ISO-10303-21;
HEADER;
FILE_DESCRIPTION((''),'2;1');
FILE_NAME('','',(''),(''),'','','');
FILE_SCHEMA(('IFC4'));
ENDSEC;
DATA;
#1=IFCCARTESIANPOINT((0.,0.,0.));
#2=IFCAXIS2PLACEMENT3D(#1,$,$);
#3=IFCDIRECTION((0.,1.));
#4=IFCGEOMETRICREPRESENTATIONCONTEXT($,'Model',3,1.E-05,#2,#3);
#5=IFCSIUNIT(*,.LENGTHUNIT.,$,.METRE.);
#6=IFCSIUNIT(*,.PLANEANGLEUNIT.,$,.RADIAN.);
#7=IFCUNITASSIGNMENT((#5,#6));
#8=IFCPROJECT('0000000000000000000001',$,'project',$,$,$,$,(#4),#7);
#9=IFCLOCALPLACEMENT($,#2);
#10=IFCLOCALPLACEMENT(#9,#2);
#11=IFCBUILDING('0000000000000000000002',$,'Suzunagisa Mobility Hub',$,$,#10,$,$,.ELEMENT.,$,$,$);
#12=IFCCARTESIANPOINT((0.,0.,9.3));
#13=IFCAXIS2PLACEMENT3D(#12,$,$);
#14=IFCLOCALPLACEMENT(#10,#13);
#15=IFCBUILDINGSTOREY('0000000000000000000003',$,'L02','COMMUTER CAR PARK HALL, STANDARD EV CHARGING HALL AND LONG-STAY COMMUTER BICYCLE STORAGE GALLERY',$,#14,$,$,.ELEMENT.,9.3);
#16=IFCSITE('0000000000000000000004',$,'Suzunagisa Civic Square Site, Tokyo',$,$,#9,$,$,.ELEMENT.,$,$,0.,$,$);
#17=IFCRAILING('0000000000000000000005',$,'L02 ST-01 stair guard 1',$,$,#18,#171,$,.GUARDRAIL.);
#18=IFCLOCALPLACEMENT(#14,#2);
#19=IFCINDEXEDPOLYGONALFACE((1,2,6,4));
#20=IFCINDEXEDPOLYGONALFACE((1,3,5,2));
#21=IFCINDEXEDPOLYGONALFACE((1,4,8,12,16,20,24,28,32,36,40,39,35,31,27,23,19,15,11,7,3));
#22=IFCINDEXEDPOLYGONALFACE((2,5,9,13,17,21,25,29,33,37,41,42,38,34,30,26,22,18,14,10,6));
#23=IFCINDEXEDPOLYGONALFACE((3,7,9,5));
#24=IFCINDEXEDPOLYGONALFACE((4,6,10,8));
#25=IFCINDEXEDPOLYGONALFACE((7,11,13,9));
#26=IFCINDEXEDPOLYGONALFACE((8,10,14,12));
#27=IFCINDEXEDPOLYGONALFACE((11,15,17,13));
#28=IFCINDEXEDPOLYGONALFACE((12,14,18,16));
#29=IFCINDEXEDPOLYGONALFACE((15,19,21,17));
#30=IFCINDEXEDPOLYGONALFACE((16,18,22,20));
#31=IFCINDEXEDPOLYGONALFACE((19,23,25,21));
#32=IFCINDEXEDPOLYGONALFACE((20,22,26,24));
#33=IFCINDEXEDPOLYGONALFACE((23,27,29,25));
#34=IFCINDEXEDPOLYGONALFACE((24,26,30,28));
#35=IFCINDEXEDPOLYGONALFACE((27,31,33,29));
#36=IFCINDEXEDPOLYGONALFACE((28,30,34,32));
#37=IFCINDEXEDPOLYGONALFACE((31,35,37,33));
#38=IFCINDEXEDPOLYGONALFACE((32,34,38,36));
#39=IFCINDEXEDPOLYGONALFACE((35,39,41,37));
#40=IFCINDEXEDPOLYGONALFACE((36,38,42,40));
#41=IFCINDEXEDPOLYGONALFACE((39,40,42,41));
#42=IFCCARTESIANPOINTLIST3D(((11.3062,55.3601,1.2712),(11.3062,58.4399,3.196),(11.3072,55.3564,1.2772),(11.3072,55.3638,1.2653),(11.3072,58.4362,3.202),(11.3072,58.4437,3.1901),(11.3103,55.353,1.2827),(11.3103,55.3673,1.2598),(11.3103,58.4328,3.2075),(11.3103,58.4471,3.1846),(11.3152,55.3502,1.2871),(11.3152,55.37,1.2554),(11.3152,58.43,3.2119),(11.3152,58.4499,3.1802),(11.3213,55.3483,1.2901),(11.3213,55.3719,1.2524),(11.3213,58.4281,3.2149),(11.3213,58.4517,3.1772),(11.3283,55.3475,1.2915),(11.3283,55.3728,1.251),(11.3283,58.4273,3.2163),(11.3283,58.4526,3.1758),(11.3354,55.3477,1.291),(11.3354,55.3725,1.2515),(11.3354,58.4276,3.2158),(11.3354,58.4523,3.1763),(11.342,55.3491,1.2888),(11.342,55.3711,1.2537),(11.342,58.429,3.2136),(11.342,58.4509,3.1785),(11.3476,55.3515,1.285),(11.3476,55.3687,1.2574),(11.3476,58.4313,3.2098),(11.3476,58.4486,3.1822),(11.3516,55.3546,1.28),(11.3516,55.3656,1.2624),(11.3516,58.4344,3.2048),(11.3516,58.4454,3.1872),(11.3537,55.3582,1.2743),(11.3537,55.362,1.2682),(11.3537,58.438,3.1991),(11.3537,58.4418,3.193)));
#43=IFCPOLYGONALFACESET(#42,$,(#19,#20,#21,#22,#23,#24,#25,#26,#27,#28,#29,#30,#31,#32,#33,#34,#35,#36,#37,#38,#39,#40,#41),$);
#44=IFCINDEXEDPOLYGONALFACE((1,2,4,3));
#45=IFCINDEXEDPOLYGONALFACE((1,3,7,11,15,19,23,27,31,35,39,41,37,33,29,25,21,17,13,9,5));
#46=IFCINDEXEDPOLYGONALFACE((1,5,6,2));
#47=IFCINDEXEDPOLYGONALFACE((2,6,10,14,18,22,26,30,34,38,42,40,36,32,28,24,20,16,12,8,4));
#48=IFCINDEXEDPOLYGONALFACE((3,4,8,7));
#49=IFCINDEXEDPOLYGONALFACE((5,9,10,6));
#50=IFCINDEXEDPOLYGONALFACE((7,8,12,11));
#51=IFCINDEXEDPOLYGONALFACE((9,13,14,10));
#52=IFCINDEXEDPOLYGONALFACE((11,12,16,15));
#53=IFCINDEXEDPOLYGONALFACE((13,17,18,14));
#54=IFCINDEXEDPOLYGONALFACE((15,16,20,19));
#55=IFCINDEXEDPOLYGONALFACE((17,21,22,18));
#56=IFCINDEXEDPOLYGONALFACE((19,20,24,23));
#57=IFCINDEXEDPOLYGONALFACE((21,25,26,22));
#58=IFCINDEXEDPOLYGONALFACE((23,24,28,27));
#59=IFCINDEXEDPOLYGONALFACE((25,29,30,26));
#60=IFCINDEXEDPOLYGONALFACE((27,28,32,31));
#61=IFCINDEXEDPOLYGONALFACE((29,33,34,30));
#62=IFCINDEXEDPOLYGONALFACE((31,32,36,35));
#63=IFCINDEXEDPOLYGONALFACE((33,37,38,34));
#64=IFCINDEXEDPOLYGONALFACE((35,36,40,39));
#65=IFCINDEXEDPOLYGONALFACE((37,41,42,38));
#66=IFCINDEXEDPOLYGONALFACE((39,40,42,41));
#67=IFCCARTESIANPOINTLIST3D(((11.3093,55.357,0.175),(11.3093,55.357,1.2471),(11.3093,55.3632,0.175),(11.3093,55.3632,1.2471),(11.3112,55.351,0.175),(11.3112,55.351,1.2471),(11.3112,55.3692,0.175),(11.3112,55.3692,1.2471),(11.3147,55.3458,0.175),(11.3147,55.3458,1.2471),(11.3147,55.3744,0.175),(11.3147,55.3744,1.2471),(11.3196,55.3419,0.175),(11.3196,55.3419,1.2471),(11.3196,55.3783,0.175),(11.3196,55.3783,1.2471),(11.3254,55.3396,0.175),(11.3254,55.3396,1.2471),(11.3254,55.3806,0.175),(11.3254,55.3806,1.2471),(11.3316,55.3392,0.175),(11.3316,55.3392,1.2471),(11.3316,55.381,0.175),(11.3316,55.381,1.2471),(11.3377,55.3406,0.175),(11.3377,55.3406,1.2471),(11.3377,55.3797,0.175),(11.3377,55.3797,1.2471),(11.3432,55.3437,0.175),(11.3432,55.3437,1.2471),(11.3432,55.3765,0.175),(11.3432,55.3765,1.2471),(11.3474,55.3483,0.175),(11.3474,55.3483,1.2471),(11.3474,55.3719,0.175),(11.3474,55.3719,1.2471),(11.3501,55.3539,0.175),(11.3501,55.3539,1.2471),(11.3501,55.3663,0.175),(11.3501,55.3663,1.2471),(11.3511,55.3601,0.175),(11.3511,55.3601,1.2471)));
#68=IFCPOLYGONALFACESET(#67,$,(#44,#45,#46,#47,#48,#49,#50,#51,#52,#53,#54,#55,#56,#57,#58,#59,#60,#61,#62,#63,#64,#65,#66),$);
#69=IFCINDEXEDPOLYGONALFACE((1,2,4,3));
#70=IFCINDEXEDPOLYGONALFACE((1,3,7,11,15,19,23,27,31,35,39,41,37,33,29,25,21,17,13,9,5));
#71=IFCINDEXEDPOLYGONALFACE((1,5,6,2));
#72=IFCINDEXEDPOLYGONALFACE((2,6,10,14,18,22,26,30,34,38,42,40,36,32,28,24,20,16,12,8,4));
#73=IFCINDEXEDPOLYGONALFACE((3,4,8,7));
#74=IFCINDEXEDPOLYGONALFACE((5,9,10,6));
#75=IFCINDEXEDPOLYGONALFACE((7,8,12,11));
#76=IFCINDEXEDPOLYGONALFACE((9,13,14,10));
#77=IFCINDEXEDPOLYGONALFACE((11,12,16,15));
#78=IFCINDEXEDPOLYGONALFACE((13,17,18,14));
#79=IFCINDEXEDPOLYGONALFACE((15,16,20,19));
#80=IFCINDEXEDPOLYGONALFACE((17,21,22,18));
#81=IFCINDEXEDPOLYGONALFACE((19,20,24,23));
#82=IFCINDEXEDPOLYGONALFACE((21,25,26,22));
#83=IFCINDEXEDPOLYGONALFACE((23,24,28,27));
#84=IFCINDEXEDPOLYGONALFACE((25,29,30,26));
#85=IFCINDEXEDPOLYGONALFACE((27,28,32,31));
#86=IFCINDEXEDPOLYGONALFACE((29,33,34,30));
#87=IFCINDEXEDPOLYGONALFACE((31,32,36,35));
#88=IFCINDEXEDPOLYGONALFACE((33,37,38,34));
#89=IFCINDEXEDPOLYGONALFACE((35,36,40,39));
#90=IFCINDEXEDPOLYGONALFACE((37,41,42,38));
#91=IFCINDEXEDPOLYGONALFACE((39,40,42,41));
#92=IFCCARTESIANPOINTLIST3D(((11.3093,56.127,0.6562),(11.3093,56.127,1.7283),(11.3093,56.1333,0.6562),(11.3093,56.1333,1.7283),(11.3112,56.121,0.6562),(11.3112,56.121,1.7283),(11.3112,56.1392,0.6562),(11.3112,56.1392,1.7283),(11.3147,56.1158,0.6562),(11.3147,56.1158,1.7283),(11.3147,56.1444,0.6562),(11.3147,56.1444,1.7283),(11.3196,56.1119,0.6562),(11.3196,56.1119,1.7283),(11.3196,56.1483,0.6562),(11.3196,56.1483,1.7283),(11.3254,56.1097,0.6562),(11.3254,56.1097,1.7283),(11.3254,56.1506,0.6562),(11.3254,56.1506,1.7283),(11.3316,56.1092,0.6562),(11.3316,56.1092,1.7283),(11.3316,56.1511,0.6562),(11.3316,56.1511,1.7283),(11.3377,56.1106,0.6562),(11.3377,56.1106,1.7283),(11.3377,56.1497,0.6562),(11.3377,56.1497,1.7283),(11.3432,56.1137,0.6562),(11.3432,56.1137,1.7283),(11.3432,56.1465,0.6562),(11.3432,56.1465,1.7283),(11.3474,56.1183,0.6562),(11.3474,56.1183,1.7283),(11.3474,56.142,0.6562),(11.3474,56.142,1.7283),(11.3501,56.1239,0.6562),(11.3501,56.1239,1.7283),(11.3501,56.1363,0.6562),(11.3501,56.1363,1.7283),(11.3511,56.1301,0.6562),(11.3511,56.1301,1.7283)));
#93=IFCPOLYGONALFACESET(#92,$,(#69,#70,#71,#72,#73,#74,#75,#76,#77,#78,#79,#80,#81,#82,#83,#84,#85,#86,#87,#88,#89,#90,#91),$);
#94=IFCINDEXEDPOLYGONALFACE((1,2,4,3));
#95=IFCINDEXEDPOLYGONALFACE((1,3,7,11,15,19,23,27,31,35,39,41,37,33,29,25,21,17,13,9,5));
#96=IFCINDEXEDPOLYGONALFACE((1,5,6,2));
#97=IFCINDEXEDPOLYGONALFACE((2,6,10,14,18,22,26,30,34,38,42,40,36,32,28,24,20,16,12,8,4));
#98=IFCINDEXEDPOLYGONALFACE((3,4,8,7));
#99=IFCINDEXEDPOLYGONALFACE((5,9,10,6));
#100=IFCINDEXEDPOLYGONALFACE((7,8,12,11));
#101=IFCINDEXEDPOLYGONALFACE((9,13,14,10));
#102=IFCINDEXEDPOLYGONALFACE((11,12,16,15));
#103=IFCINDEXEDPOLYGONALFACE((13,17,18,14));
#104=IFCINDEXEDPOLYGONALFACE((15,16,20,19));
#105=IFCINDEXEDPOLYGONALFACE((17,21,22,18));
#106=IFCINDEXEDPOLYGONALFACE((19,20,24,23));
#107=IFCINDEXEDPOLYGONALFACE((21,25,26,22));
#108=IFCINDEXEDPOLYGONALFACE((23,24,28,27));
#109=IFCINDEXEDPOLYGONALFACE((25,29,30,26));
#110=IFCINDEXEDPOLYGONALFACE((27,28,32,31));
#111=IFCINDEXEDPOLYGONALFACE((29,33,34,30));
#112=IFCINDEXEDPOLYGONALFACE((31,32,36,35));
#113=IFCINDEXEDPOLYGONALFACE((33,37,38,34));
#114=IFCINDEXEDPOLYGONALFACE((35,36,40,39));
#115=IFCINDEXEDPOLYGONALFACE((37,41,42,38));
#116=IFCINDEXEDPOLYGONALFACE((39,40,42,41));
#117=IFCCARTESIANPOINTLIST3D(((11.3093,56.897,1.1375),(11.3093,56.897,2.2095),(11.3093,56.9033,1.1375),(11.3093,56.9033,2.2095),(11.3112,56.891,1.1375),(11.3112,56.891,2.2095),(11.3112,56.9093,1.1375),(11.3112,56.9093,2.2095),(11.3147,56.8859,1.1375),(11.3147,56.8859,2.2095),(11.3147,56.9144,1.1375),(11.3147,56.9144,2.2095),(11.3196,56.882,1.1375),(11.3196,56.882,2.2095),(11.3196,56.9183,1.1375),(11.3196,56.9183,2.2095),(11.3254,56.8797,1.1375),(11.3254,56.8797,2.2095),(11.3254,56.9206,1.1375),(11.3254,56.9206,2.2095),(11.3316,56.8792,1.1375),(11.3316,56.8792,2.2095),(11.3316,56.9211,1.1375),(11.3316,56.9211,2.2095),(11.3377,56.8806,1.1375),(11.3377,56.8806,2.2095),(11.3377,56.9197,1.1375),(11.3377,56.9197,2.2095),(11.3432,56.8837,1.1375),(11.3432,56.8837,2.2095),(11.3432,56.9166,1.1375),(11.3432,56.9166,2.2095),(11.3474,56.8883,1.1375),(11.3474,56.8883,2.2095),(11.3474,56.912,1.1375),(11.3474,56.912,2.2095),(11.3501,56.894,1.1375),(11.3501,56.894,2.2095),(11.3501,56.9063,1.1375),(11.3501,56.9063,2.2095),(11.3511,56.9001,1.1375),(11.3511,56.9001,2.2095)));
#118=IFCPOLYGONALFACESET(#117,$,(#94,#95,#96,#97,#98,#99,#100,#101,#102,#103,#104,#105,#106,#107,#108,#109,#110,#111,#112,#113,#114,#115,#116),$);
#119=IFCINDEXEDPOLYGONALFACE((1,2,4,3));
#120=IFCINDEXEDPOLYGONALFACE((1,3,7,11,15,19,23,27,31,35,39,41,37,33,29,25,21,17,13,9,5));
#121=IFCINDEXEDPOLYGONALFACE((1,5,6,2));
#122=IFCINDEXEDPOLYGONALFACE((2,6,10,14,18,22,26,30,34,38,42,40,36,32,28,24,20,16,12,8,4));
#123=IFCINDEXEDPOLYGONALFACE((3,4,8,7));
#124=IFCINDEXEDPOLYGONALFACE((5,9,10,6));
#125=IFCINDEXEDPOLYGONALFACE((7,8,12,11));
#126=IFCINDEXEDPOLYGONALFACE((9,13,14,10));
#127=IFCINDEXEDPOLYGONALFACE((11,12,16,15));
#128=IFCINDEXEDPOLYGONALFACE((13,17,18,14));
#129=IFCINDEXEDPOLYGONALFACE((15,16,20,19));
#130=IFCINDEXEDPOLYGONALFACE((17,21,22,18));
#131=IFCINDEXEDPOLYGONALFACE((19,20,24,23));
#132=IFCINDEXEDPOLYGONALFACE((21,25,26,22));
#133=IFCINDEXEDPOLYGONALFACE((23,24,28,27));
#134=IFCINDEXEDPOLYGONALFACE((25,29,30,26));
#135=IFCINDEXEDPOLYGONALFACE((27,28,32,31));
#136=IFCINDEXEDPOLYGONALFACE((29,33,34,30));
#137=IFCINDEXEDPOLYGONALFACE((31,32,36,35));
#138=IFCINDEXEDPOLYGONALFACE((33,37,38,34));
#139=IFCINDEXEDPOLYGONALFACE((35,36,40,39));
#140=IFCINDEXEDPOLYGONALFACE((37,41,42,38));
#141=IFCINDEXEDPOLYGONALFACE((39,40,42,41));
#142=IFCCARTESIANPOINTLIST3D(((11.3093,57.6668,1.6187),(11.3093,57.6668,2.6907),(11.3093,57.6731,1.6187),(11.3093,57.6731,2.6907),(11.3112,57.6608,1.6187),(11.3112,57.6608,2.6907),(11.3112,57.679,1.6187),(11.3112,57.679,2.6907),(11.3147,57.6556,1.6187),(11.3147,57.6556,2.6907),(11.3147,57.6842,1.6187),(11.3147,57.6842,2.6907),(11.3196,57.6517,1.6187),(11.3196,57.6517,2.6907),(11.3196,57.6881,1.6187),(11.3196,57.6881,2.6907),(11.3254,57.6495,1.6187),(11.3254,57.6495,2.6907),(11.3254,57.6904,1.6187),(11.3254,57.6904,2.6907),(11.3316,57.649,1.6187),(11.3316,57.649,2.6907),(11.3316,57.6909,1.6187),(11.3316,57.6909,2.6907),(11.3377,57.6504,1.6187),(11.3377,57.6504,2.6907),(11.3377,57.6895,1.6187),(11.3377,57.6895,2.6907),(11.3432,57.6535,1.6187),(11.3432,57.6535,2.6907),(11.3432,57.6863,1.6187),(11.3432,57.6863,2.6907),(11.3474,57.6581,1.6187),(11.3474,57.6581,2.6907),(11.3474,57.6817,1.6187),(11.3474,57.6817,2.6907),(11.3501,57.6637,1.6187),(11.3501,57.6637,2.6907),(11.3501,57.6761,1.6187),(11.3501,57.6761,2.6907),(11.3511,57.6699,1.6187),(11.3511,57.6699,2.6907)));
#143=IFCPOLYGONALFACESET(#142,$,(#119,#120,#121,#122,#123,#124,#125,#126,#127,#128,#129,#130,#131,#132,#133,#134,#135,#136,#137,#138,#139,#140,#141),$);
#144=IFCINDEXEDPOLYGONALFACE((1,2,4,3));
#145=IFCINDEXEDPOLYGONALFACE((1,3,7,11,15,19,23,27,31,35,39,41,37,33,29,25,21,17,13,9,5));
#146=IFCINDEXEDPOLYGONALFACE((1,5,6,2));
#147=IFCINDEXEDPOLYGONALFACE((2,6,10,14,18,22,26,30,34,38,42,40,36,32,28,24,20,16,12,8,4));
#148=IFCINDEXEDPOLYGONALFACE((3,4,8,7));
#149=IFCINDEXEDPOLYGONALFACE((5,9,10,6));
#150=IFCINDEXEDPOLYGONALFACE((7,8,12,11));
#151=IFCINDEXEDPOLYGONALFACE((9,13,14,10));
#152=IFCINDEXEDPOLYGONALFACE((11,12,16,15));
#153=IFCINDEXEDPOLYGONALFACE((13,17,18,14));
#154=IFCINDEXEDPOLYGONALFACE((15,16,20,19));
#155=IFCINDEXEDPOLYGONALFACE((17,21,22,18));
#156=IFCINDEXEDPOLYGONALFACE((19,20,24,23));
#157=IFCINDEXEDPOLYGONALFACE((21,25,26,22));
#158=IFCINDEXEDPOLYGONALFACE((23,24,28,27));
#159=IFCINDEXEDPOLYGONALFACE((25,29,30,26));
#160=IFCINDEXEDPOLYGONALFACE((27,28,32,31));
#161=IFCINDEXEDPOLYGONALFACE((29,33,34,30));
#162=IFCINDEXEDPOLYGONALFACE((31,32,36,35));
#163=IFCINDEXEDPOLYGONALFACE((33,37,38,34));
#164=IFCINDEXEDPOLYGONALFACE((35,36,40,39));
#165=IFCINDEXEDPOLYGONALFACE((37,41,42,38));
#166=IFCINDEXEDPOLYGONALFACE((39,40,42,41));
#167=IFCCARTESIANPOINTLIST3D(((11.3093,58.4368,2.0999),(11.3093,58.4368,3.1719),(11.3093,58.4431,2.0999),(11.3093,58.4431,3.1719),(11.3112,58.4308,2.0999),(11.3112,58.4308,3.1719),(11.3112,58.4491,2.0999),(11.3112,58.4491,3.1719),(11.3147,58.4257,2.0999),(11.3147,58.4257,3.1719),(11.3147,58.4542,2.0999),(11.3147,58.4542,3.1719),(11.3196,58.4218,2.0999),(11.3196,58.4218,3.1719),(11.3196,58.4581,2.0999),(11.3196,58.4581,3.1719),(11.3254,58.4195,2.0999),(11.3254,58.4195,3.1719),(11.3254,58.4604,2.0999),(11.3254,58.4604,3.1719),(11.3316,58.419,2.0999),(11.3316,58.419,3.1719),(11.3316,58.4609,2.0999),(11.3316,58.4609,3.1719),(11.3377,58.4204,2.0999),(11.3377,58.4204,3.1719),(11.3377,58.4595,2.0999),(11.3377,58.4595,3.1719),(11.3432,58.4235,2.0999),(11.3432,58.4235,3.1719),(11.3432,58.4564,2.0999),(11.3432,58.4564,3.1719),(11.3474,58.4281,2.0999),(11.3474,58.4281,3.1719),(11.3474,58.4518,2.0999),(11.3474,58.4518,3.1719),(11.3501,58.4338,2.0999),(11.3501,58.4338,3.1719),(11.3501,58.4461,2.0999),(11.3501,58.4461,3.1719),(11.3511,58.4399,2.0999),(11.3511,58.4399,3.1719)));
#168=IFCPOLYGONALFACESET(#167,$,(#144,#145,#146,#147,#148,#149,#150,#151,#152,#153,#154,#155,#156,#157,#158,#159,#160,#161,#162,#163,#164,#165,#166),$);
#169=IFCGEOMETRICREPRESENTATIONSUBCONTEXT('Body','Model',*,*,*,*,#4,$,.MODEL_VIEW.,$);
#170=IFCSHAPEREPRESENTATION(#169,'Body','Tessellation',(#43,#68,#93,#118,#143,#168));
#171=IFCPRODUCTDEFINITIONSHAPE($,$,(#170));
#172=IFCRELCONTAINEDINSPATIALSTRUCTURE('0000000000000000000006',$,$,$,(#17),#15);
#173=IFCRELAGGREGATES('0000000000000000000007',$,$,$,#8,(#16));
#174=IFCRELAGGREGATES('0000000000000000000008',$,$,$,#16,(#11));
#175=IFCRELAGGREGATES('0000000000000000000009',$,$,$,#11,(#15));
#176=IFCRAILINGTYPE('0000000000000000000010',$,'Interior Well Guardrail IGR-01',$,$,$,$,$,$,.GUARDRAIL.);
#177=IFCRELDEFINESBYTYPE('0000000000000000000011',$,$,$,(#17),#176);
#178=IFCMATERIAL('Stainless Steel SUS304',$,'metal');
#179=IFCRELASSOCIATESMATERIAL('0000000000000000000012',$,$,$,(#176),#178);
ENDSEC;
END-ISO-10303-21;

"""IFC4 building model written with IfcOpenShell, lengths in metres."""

from ifc_helpers import new_model, si_unit, direction, frame, origin, origin_2d, place, context, subcontext, project, spatial, circle, extrude, material, type_object, element, save


model = new_model("IFC4")

# Units and contexts
model_context = context("Model", 3, precision=1e-05, world=origin(), true_north=direction((0.0, 1.0)))
body_context = subcontext(model_context, "Body", "Model", "MODEL_VIEW")
ifc_project = project(units=[si_unit("LENGTHUNIT", "METRE"), si_unit("PLANEANGLEUNIT", "RADIAN")], contexts=[model_context])

# Site, building, storey
site_placement = place(None, origin())
site = spatial("IfcSite", under=ifc_project, at=site_placement, Name="Suzunagisa Civic Square Site, Tokyo", CompositionType="ELEMENT", RefElevation=0.0)
building_placement = place(site_placement, origin())
building = spatial("IfcBuilding", under=site, at=building_placement, Name="Suzunagisa Mobility Hub", CompositionType="ELEMENT")
storey_placement = place(building_placement, frame((0.0, 0.0, 9.3)))
storey = spatial("IfcBuildingStorey", under=building, at=storey_placement, Name="L02", Description="COMMUTER CAR PARK HALL, STANDARD EV CHARGING HALL AND LONG-STAY COMMUTER BICYCLE STORAGE GALLERY", CompositionType="ELEMENT", Elevation=9.3)

# Railing
ifc_material_1 = material(Name="Stainless Steel SUS304", Category="metal")
railing_type_1 = type_object("IfcRailingType", Name="Interior Well Guardrail IGR-01", PredefinedType="GUARDRAIL", material=ifc_material_1)
railing_1_placement = place(storey_placement, frame((11.3301, 55.3601, 0.175)))
element("IfcRailing", 1, at=railing_1_placement, inside=storey, type_object=railing_type_1, Name="L02 ST-01 stair guard 1", PredefinedType="GUARDRAIL", context=body_context, shape_type="SweptSolid", body=[
    extrude(circle(Radius=0.0239, at=origin_2d()), frame((0.0, 0.0, 1.0962), z_axis=(0.0, 0.84801, 0.529981), x_axis=(-1.0, 0.0, 0.0)), (0.0, 0.0, 1.0), 3.6318),
    extrude(circle(Radius=0.021, at=origin_2d()), origin(), (0.0, 0.0, 1.0), 1.072),
    extrude(circle(Radius=0.021, at=origin_2d()), frame((0.0, 0.77, 0.4812)), (0.0, 0.0, 1.0), 1.072),
    extrude(circle(Radius=0.021, at=origin_2d()), frame((0.0, 1.54, 0.9624)), (0.0, 0.0, 1.0), 1.072),
    extrude(circle(Radius=0.021, at=origin_2d()), frame((0.0, 2.3098, 1.4436)), (0.0, 0.0, 1.0), 1.072),
    extrude(circle(Radius=0.021, at=origin_2d()), frame((0.0, 3.0798, 1.9248)), (0.0, 0.0, 1.0), 1.072),
])

save(model, "model.ifc")
